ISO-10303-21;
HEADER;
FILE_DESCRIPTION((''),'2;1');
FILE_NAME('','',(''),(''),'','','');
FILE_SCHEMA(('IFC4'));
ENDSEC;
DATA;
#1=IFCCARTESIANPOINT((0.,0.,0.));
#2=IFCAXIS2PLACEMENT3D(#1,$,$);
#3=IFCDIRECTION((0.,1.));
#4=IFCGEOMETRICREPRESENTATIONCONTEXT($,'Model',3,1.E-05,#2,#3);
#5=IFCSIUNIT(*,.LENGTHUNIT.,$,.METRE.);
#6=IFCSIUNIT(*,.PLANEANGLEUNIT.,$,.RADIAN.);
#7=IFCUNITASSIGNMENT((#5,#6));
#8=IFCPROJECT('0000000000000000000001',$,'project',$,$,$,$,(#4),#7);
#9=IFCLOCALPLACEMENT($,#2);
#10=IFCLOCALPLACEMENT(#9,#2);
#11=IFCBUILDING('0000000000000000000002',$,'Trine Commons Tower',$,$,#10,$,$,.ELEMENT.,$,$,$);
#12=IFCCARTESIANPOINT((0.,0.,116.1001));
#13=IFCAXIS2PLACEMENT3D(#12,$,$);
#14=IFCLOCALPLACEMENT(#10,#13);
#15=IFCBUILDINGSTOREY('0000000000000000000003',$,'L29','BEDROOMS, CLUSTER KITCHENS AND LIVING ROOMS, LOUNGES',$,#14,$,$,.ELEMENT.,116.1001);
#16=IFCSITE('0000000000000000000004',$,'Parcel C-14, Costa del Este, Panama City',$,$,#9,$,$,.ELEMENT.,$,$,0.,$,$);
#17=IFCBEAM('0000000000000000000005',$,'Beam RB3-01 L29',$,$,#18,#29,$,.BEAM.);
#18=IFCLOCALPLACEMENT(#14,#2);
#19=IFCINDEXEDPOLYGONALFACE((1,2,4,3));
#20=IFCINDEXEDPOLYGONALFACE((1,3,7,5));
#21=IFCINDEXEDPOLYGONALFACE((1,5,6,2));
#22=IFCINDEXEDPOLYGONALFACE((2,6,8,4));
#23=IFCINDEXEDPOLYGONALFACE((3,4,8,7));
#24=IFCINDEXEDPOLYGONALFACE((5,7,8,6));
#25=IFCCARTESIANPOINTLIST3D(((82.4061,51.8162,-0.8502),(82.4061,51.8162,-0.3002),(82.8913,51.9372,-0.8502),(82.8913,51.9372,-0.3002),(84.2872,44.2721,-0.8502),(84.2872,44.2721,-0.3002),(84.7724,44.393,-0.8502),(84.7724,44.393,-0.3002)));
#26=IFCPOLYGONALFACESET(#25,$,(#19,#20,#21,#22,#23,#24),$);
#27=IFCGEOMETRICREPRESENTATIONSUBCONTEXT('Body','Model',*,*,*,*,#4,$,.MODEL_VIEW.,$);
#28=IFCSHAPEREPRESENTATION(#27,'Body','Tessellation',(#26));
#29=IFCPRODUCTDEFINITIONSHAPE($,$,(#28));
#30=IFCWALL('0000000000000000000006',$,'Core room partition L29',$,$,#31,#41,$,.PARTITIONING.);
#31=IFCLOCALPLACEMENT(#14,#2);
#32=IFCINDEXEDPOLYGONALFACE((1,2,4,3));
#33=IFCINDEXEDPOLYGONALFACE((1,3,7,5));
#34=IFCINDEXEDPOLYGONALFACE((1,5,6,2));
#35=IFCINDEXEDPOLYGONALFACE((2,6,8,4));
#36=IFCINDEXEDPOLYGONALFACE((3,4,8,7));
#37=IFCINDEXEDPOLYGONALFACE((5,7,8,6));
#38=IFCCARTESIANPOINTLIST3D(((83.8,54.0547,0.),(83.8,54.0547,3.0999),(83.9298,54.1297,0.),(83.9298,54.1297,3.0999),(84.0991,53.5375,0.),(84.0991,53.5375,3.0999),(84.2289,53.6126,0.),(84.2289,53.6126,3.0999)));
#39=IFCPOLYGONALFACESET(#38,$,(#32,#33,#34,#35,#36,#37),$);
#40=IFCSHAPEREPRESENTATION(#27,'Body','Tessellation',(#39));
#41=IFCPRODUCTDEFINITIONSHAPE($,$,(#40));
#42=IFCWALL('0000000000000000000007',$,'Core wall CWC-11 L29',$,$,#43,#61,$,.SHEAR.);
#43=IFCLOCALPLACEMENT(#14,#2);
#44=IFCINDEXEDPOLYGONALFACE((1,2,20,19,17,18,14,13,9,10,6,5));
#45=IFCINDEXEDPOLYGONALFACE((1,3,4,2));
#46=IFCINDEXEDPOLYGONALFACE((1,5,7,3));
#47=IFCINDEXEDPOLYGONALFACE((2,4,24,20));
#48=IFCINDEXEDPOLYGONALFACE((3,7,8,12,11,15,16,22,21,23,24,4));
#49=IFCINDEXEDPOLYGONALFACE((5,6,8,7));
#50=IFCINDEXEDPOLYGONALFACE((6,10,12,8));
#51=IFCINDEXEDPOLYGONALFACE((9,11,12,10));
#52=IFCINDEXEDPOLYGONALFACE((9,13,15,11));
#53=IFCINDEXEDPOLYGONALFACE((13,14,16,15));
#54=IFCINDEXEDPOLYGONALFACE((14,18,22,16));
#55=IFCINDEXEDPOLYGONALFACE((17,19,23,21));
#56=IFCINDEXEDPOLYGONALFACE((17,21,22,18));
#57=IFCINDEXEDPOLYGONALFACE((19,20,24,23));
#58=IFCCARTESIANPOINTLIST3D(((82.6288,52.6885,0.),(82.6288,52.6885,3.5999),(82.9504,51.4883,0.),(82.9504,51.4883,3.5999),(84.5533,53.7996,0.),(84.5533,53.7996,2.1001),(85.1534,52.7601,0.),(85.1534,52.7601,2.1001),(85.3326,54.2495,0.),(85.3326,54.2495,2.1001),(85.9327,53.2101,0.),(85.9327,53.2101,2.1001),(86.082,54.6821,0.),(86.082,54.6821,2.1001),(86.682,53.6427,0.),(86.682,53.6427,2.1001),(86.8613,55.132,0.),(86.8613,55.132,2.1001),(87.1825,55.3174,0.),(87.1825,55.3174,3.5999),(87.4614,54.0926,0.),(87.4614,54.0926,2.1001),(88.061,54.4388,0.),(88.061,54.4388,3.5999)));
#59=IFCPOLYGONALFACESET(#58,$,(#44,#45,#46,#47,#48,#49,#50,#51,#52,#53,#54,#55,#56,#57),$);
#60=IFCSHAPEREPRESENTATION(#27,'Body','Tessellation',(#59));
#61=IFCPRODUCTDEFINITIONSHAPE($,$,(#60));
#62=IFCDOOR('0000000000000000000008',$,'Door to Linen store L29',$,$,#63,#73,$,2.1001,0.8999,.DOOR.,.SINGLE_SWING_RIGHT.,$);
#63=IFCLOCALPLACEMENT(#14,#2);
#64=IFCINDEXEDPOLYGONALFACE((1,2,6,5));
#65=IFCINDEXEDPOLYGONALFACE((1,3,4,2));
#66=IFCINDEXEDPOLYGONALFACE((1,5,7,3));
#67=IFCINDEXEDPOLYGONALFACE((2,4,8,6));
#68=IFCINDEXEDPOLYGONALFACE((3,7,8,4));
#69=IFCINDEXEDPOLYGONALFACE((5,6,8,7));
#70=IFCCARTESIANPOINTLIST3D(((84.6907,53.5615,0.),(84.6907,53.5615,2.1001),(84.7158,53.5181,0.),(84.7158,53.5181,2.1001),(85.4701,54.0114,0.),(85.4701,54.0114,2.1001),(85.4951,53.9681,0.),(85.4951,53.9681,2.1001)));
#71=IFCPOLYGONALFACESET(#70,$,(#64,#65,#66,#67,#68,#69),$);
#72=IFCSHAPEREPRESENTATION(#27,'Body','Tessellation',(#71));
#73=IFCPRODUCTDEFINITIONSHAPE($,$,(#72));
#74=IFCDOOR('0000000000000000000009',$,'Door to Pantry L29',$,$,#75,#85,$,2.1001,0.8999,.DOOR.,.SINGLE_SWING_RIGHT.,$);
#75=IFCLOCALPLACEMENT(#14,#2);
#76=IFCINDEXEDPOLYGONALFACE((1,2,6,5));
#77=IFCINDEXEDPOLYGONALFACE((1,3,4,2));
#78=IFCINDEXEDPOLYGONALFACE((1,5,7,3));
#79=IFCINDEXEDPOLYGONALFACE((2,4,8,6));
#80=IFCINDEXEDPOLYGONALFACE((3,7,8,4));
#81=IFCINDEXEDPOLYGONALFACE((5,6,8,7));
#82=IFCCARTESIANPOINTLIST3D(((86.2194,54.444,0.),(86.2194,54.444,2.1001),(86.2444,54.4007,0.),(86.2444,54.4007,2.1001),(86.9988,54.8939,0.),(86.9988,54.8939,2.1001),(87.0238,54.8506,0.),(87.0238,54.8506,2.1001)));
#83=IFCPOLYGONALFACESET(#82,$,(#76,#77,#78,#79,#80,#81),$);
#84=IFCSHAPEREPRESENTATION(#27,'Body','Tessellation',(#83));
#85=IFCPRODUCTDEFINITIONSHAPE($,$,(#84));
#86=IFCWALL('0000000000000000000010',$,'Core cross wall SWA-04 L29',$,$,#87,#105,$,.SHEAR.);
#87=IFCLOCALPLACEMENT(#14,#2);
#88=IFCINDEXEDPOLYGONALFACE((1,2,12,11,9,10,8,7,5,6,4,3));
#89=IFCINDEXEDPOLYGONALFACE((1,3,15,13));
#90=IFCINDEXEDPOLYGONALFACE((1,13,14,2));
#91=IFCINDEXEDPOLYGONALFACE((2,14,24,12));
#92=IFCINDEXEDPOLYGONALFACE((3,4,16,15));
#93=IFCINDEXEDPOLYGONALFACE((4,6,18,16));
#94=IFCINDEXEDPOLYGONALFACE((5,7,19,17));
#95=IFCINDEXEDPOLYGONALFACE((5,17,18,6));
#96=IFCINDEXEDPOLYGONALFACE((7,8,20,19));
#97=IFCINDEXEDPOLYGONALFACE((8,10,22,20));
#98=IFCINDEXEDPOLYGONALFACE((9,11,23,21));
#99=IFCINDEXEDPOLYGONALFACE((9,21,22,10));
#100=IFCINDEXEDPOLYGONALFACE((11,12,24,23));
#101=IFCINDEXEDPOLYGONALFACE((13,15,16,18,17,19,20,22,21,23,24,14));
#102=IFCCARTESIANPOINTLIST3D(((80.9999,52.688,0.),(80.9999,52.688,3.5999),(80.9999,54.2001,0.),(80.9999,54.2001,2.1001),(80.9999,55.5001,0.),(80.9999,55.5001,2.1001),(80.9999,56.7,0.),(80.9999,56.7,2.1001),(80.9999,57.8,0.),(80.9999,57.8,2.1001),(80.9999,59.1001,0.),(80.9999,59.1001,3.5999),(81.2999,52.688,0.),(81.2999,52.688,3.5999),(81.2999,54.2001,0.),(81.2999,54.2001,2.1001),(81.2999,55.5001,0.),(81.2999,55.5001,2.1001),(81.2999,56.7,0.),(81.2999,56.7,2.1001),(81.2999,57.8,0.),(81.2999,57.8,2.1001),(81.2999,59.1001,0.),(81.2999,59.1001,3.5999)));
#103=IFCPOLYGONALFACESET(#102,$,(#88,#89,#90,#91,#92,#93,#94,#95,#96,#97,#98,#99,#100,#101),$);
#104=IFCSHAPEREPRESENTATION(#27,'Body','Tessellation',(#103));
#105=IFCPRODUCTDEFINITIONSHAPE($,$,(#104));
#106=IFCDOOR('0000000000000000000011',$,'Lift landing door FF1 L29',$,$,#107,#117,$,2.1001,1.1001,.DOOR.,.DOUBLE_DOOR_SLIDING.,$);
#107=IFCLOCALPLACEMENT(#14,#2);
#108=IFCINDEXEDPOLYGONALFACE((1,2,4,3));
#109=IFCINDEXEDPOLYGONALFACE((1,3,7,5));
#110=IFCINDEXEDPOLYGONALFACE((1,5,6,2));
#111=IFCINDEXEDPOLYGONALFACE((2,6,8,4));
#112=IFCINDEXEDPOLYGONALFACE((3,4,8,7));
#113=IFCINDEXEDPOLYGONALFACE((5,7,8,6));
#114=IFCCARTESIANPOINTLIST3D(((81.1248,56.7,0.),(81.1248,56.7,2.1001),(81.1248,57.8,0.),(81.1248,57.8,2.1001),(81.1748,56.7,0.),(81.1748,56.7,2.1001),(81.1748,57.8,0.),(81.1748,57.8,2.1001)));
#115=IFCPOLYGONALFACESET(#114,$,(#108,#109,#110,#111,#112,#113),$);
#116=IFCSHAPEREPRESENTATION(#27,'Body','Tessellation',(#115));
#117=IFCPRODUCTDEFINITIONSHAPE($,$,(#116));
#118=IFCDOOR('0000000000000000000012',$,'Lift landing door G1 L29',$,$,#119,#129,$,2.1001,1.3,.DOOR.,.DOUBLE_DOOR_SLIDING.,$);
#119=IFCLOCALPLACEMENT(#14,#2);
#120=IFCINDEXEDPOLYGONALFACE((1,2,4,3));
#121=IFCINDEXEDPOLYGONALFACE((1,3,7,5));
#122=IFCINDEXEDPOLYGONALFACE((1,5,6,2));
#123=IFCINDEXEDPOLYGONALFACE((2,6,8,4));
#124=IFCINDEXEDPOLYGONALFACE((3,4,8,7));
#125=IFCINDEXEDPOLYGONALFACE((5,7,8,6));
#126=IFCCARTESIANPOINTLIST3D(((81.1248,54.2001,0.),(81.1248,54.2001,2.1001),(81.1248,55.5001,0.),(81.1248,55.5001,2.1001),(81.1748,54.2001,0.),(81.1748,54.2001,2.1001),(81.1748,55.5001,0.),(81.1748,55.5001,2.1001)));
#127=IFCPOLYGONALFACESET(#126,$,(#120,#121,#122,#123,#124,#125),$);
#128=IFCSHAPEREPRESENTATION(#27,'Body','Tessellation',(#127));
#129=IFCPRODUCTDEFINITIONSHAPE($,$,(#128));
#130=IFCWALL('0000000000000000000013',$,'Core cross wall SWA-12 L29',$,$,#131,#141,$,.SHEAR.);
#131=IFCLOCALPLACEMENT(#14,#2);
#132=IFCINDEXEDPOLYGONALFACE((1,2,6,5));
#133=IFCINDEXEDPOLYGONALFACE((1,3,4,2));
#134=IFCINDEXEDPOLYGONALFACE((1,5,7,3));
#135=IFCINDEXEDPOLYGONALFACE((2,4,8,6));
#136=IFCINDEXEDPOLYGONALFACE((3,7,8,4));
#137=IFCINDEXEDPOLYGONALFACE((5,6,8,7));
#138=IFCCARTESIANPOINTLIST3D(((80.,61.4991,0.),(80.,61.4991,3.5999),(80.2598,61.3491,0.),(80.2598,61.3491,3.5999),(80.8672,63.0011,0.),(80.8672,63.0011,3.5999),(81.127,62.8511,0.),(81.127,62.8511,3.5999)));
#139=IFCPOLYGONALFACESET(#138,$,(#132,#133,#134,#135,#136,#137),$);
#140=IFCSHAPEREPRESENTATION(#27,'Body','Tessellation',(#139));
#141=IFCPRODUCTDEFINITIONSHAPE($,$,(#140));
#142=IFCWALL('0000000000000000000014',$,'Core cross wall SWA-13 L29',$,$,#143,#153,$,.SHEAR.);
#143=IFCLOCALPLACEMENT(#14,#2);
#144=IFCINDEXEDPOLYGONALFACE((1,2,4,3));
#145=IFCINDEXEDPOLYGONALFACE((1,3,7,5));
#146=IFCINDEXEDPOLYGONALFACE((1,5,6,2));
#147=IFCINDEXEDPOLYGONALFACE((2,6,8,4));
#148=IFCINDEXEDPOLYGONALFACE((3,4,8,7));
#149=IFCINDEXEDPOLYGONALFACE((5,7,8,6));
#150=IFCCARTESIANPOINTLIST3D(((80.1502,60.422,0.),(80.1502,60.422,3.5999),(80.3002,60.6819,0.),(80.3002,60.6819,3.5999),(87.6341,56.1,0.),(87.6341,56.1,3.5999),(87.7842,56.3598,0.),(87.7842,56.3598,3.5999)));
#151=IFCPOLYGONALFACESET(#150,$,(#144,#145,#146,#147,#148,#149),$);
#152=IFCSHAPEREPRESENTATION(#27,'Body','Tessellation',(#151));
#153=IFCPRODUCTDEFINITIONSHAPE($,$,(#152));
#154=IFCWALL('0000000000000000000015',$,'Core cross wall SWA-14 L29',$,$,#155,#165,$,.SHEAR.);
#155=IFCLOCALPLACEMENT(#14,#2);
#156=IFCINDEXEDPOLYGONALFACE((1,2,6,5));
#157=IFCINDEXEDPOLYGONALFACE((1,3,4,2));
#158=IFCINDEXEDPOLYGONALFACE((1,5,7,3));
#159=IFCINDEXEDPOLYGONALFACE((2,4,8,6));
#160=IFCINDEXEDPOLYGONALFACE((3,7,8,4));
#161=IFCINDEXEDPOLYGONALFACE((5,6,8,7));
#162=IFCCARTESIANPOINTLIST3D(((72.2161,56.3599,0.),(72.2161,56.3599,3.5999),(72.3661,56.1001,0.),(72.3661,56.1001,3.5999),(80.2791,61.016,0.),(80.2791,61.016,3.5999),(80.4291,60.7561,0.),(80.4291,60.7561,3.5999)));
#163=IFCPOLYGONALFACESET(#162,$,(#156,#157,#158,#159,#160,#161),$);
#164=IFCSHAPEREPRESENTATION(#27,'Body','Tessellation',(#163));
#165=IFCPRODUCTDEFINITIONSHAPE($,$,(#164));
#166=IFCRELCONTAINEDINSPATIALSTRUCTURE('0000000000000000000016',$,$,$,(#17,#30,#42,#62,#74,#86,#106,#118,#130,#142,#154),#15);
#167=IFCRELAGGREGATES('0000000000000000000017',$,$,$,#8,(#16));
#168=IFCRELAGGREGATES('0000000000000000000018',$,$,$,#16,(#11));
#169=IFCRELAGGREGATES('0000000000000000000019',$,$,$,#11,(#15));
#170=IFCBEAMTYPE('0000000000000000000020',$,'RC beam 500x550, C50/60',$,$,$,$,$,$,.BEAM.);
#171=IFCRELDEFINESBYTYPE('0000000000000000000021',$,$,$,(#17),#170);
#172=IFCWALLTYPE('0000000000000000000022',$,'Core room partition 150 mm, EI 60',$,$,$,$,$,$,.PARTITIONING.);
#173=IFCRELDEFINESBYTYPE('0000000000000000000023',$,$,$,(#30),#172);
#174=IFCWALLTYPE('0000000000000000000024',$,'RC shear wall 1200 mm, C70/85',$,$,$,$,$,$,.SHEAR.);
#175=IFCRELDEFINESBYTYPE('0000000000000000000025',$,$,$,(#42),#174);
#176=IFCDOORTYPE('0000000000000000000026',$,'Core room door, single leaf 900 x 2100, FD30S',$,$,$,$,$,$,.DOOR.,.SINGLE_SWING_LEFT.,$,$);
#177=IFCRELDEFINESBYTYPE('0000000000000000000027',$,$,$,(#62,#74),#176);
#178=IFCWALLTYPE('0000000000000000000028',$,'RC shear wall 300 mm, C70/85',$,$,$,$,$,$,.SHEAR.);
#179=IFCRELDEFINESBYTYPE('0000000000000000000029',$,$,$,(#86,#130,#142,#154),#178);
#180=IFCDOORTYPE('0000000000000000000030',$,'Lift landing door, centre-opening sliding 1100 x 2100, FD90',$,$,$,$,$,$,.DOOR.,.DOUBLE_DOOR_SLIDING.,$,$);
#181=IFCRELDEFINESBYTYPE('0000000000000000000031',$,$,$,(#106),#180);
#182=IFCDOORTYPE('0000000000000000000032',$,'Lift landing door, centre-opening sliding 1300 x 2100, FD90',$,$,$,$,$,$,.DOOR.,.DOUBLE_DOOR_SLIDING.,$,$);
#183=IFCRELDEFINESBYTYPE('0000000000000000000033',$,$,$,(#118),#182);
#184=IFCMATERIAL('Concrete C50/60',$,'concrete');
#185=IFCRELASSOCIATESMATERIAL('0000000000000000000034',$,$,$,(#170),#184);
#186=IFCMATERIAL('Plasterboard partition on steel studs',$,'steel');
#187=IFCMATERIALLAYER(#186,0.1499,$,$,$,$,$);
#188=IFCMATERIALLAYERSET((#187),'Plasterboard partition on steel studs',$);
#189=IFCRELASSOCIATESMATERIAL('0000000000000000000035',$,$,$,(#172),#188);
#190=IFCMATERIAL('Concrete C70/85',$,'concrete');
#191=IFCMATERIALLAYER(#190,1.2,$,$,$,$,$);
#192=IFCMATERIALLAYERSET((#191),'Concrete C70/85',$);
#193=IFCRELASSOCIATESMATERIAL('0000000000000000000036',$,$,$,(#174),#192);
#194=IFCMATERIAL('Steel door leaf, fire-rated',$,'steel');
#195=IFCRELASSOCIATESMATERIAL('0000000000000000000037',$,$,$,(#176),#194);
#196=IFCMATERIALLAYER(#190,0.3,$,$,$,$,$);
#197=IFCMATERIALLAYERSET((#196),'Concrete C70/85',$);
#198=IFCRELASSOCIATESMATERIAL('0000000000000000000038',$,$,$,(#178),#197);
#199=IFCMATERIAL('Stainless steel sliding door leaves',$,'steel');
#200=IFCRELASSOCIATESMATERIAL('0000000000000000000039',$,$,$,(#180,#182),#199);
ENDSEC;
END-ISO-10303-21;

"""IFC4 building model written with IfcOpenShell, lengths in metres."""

from ifc_helpers import new_model, si_unit, direction, frame, frame_2d, origin, origin_2d, place, context, subcontext, project, spatial, polyline, rectangle, outline, extrude, material, layer, layer_set, material_profile, profile_set, type_object, element, fill, save


model = new_model("IFC4")

# Units and contexts
model_context = context("Model", 3, precision=1e-05, world=origin(), true_north=direction((0.0, 1.0)))
body_context = subcontext(model_context, "Body", "Model", "MODEL_VIEW")
ifc_project = project(units=[si_unit("LENGTHUNIT", "METRE"), si_unit("PLANEANGLEUNIT", "RADIAN")], contexts=[model_context])

# Site, building, storey
site_placement = place(None, origin())
site = spatial("IfcSite", under=ifc_project, at=site_placement, Name="Parcel C-14, Costa del Este, Panama City", CompositionType="ELEMENT", RefElevation=0.0)
building_placement = place(site_placement, origin())
building = spatial("IfcBuilding", under=site, at=building_placement, Name="Trine Commons Tower", CompositionType="ELEMENT")
storey_placement = place(building_placement, frame((0.0, 0.0, 116.1001)))
storey = spatial("IfcBuildingStorey", under=building, at=storey_placement, Name="L29", Description="BEDROOMS, CLUSTER KITCHENS AND LIVING ROOMS, LOUNGES", CompositionType="ELEMENT", Elevation=116.1001)

# Beam
ifc_material_1 = material(Name="Concrete C50/60", Category="concrete")
ifc_material_profile = material_profile(ifc_material_1, rectangle(XDim=0.5, YDim=0.55, at=origin_2d()), Name="RC 500x550")
ifc_profile_set = profile_set([ifc_material_profile], Name="Concrete C50/60")
beam_type = type_object("IfcBeamType", Name="RC beam 500x550, C50/60", PredefinedType="BEAM", material=ifc_profile_set)
beam_placement = place(storey_placement, frame((82.6487, 51.8767, -0.5752), z_axis=(0.241937, -0.970292, 0.0), x_axis=(0.970292, 0.241937, 0.0)))
element("IfcBeam", 1, at=beam_placement, inside=storey, type_object=beam_type, Name="Beam RB3-01 L29", PredefinedType="BEAM", context=body_context, shape_type="SweptSolid", body=[
    extrude(rectangle(XDim=0.5, YDim=0.55, at=origin_2d()), origin(), (0.0, 0.0, 1.0), 7.7751),
])

# Wall
ifc_material_2 = material(Name="Plasterboard partition on steel studs", Category="steel")
ifc_layer_1 = layer(ifc_material_2, 0.1499)
ifc_layer_set_1 = layer_set([ifc_layer_1], Name="Plasterboard partition on steel studs")
wall_type_1 = type_object("IfcWallType", Name="Core room partition 150 mm, EI 60", PredefinedType="PARTITIONING", material=ifc_layer_set_1)
wall_1_placement = place(storey_placement, frame((84.1641, 53.575, 0.0), z_axis=(0.0, 0.0, 1.0), x_axis=(-0.500666, 0.865641, 0.0)))
element("IfcWall", 2, at=wall_1_placement, inside=storey, type_object=wall_type_1, Name="Core room partition L29", PredefinedType="PARTITIONING", context=body_context, shape_type="SweptSolid", body=[
    extrude(rectangle(XDim=0.5974, YDim=0.1499, at=frame_2d((0.2988, 0.0))), origin(), (0.0, 0.0, 1.0), 3.0999),
])

# Walls, openings, doors
ifc_material_3 = material(Name="Concrete C70/85", Category="concrete")
ifc_layer_2 = layer(ifc_material_3, 1.2)
ifc_layer_set_2 = layer_set([ifc_layer_2], Name="Concrete C70/85")
wall_type_2 = type_object("IfcWallType", Name="RC shear wall 1200 mm, C70/85", PredefinedType="SHEAR", material=ifc_layer_set_2)
wall_2_placement = place(storey_placement, frame((82.6504, 52.0081, 0.0), z_axis=(0.0, 0.0, 1.0), x_axis=(0.866037, 0.499979, 0.0)))
wall_2 = element("IfcWall", 3, at=wall_2_placement, inside=storey, type_object=wall_type_2, Name="Core wall CWC-11 L29", PredefinedType="SHEAR", context=body_context, shape_type="SweptSolid", body=[
    extrude(outline(polyline([(0.0, -0.6001), (5.9011, -0.6001), (5.5796, 0.6001), (0.3215, 0.6001), (0.0, -0.6001)])), origin(), (0.0, 0.0, 1.0), 3.5999),
])
opening_1_placement = place(wall_2_placement, frame((2.5437, 0.0, 0.0)))
opening_1 = element("IfcOpeningElement", 4, at=opening_1_placement, cuts=wall_2, PredefinedType="OPENING", context=body_context, shape_type="SweptSolid", body=[
    extrude(rectangle(XDim=0.8999, YDim=2.1001, at=frame_2d((0.45, 1.05))), frame((0.0, 0.6099, 0.0), z_axis=(0.0, -1.0, 0.0), x_axis=(1.0, 0.0, 0.0)), (0.0, 0.0, 1.0), 1.22),
])
opening_2_placement = place(wall_2_placement, frame((4.3088, 0.0, 0.0)))
opening_2 = element("IfcOpeningElement", 5, at=opening_2_placement, cuts=wall_2, PredefinedType="OPENING", context=body_context, shape_type="SweptSolid", body=[
    extrude(rectangle(XDim=0.8999, YDim=2.1001, at=frame_2d((0.45, 1.05))), frame((0.0, 0.6099, 0.0), z_axis=(0.0, -1.0, 0.0), x_axis=(1.0, 0.0, 0.0)), (0.0, 0.0, 1.0), 1.22),
])
ifc_material_4 = material(Name="Steel door leaf, fire-rated", Category="steel")
door_type_1 = type_object("IfcDoorType", Name="Core room door, single leaf 900 x 2100, FD30S", OperationType="SINGLE_SWING_LEFT", PredefinedType="DOOR", material=ifc_material_4)
door_1_placement = place(opening_1_placement, origin())
door_1 = element("IfcDoor", 6, at=door_1_placement, inside=storey, type_object=door_type_1, Name="Door to Linen store L29", OperationType="SINGLE_SWING_RIGHT", OverallHeight=2.1001, OverallWidth=0.8999, PredefinedType="DOOR", context=body_context, shape_type="SweptSolid", body=[
    extrude(rectangle(XDim=0.8999, YDim=2.1001, at=frame_2d((0.45, 1.05))), frame((0.0, 0.3252, 0.0), z_axis=(0.0, -1.0, 0.0), x_axis=(1.0, 0.0, 0.0)), (0.0, 0.0, 1.0), 0.05),
])
fill(opening_1, door_1)
door_2_placement = place(opening_2_placement, origin())
door_2 = element("IfcDoor", 7, at=door_2_placement, inside=storey, type_object=door_type_1, Name="Door to Pantry L29", OperationType="SINGLE_SWING_RIGHT", OverallHeight=2.1001, OverallWidth=0.8999, PredefinedType="DOOR", context=body_context, shape_type="SweptSolid", body=[
    extrude(rectangle(XDim=0.8999, YDim=2.1001, at=frame_2d((0.45, 1.05))), frame((0.0, 0.3252, 0.0), z_axis=(0.0, -1.0, 0.0), x_axis=(1.0, 0.0, 0.0)), (0.0, 0.0, 1.0), 0.05),
])
fill(opening_2, door_2)
ifc_layer_3 = layer(ifc_material_3, 0.3)
ifc_layer_set_3 = layer_set([ifc_layer_3], Name="Concrete C70/85")
wall_type_3 = type_object("IfcWallType", Name="RC shear wall 300 mm, C70/85", PredefinedType="SHEAR", material=ifc_layer_set_3)
wall_3_placement = place(storey_placement, frame((81.1499, 59.1001, 0.0), z_axis=(0.0, 0.0, 1.0), x_axis=(0.0, -1.0, 0.0)))
wall_3 = element("IfcWall", 8, at=wall_3_placement, inside=storey, type_object=wall_type_3, Name="Core cross wall SWA-04 L29", PredefinedType="SHEAR", context=body_context, shape_type="SweptSolid", body=[
    extrude(rectangle(XDim=6.4121, YDim=0.3, at=frame_2d((3.2061, 0.0))), origin(), (0.0, 0.0, 1.0), 3.5999),
])
opening_3_placement = place(wall_3_placement, frame((3.6001, 0.0, 0.0)))
opening_3 = element("IfcOpeningElement", 9, at=opening_3_placement, cuts=wall_3, PredefinedType="OPENING", context=body_context, shape_type="SweptSolid", body=[
    extrude(rectangle(XDim=1.3, YDim=2.1001, at=frame_2d((0.6499, 1.05))), frame((0.0, 0.1599, 0.0), z_axis=(0.0, -1.0, 0.0), x_axis=(1.0, 0.0, 0.0)), (0.0, 0.0, 1.0), 0.3201),
])
opening_4_placement = place(wall_3_placement, frame((1.3, 0.0, 0.0)))
opening_4 = element("IfcOpeningElement", 10, at=opening_4_placement, cuts=wall_3, PredefinedType="OPENING", context=body_context, shape_type="SweptSolid", body=[
    extrude(rectangle(XDim=1.1001, YDim=2.1001, at=frame_2d((0.55, 1.05))), frame((0.0, 0.1599, 0.0), z_axis=(0.0, -1.0, 0.0), x_axis=(1.0, 0.0, 0.0)), (0.0, 0.0, 1.0), 0.3201),
])
ifc_material_5 = material(Name="Stainless steel sliding door leaves", Category="steel")
door_type_2 = type_object("IfcDoorType", Name="Lift landing door, centre-opening sliding 1100 x 2100, FD90", OperationType="DOUBLE_DOOR_SLIDING", PredefinedType="DOOR", material=ifc_material_5)
door_3_placement = place(opening_4_placement, origin())
door_3 = element("IfcDoor", 11, at=door_3_placement, inside=storey, type_object=door_type_2, Name="Lift landing door FF1 L29", OperationType="DOUBLE_DOOR_SLIDING", OverallHeight=2.1001, OverallWidth=1.1001, PredefinedType="DOOR", context=body_context, shape_type="SweptSolid", body=[
    extrude(rectangle(XDim=1.1001, YDim=2.1001, at=frame_2d((0.55, 1.05))), frame((0.0, 0.0249, 0.0), z_axis=(0.0, -1.0, 0.0), x_axis=(1.0, 0.0, 0.0)), (0.0, 0.0, 1.0), 0.05),
])
fill(opening_4, door_3)
door_type_3 = type_object("IfcDoorType", Name="Lift landing door, centre-opening sliding 1300 x 2100, FD90", OperationType="DOUBLE_DOOR_SLIDING", PredefinedType="DOOR", material=ifc_material_5)
door_4_placement = place(opening_3_placement, origin())
door_4 = element("IfcDoor", 12, at=door_4_placement, inside=storey, type_object=door_type_3, Name="Lift landing door G1 L29", OperationType="DOUBLE_DOOR_SLIDING", OverallHeight=2.1001, OverallWidth=1.3, PredefinedType="DOOR", context=body_context, shape_type="SweptSolid", body=[
    extrude(rectangle(XDim=1.3, YDim=2.1001, at=frame_2d((0.6499, 1.05))), frame((0.0, 0.0249, 0.0), z_axis=(0.0, -1.0, 0.0), x_axis=(1.0, 0.0, 0.0)), (0.0, 0.0, 1.0), 0.05),
])
fill(opening_3, door_4)

# Walls
wall_4_placement = place(storey_placement, frame((80.1299, 61.4241, 0.0), z_axis=(0.0, 0.0, 1.0), x_axis=(0.500015, 0.866017, 0.0)))
element("IfcWall", 13, at=wall_4_placement, inside=storey, type_object=wall_type_3, Name="Core cross wall SWA-12 L29", PredefinedType="SHEAR", context=body_context, shape_type="SweptSolid", body=[
    extrude(rectangle(XDim=1.7344, YDim=0.3, at=frame_2d((0.8672, 0.0))), origin(), (0.0, 0.0, 1.0), 3.5999),
])
wall_5_placement = place(storey_placement, frame((80.2251, 60.552, 0.0), z_axis=(0.0, 0.0, 1.0), x_axis=(0.865965, -0.500104, 0.0)))
element("IfcWall", 14, at=wall_5_placement, inside=storey, type_object=wall_type_3, Name="Core cross wall SWA-13 L29", PredefinedType="SHEAR", context=body_context, shape_type="SweptSolid", body=[
    extrude(rectangle(XDim=8.6423, YDim=0.3, at=frame_2d((4.3213, 0.0))), origin(), (0.0, 0.0, 1.0), 3.5999),
])
wall_6_placement = place(storey_placement, frame((80.354, 60.886, 0.0), z_axis=(0.0, 0.0, 1.0), x_axis=(-0.865986, -0.500067, 0.0)))
element("IfcWall", 15, at=wall_6_placement, inside=storey, type_object=wall_type_3, Name="Core cross wall SWA-14 L29", PredefinedType="SHEAR", context=body_context, shape_type="SweptSolid", body=[
    extrude(rectangle(XDim=9.3108, YDim=0.3, at=frame_2d((4.6553, 0.0))), origin(), (0.0, 0.0, 1.0), 3.5999),
])

save(model, "model.ifc")
